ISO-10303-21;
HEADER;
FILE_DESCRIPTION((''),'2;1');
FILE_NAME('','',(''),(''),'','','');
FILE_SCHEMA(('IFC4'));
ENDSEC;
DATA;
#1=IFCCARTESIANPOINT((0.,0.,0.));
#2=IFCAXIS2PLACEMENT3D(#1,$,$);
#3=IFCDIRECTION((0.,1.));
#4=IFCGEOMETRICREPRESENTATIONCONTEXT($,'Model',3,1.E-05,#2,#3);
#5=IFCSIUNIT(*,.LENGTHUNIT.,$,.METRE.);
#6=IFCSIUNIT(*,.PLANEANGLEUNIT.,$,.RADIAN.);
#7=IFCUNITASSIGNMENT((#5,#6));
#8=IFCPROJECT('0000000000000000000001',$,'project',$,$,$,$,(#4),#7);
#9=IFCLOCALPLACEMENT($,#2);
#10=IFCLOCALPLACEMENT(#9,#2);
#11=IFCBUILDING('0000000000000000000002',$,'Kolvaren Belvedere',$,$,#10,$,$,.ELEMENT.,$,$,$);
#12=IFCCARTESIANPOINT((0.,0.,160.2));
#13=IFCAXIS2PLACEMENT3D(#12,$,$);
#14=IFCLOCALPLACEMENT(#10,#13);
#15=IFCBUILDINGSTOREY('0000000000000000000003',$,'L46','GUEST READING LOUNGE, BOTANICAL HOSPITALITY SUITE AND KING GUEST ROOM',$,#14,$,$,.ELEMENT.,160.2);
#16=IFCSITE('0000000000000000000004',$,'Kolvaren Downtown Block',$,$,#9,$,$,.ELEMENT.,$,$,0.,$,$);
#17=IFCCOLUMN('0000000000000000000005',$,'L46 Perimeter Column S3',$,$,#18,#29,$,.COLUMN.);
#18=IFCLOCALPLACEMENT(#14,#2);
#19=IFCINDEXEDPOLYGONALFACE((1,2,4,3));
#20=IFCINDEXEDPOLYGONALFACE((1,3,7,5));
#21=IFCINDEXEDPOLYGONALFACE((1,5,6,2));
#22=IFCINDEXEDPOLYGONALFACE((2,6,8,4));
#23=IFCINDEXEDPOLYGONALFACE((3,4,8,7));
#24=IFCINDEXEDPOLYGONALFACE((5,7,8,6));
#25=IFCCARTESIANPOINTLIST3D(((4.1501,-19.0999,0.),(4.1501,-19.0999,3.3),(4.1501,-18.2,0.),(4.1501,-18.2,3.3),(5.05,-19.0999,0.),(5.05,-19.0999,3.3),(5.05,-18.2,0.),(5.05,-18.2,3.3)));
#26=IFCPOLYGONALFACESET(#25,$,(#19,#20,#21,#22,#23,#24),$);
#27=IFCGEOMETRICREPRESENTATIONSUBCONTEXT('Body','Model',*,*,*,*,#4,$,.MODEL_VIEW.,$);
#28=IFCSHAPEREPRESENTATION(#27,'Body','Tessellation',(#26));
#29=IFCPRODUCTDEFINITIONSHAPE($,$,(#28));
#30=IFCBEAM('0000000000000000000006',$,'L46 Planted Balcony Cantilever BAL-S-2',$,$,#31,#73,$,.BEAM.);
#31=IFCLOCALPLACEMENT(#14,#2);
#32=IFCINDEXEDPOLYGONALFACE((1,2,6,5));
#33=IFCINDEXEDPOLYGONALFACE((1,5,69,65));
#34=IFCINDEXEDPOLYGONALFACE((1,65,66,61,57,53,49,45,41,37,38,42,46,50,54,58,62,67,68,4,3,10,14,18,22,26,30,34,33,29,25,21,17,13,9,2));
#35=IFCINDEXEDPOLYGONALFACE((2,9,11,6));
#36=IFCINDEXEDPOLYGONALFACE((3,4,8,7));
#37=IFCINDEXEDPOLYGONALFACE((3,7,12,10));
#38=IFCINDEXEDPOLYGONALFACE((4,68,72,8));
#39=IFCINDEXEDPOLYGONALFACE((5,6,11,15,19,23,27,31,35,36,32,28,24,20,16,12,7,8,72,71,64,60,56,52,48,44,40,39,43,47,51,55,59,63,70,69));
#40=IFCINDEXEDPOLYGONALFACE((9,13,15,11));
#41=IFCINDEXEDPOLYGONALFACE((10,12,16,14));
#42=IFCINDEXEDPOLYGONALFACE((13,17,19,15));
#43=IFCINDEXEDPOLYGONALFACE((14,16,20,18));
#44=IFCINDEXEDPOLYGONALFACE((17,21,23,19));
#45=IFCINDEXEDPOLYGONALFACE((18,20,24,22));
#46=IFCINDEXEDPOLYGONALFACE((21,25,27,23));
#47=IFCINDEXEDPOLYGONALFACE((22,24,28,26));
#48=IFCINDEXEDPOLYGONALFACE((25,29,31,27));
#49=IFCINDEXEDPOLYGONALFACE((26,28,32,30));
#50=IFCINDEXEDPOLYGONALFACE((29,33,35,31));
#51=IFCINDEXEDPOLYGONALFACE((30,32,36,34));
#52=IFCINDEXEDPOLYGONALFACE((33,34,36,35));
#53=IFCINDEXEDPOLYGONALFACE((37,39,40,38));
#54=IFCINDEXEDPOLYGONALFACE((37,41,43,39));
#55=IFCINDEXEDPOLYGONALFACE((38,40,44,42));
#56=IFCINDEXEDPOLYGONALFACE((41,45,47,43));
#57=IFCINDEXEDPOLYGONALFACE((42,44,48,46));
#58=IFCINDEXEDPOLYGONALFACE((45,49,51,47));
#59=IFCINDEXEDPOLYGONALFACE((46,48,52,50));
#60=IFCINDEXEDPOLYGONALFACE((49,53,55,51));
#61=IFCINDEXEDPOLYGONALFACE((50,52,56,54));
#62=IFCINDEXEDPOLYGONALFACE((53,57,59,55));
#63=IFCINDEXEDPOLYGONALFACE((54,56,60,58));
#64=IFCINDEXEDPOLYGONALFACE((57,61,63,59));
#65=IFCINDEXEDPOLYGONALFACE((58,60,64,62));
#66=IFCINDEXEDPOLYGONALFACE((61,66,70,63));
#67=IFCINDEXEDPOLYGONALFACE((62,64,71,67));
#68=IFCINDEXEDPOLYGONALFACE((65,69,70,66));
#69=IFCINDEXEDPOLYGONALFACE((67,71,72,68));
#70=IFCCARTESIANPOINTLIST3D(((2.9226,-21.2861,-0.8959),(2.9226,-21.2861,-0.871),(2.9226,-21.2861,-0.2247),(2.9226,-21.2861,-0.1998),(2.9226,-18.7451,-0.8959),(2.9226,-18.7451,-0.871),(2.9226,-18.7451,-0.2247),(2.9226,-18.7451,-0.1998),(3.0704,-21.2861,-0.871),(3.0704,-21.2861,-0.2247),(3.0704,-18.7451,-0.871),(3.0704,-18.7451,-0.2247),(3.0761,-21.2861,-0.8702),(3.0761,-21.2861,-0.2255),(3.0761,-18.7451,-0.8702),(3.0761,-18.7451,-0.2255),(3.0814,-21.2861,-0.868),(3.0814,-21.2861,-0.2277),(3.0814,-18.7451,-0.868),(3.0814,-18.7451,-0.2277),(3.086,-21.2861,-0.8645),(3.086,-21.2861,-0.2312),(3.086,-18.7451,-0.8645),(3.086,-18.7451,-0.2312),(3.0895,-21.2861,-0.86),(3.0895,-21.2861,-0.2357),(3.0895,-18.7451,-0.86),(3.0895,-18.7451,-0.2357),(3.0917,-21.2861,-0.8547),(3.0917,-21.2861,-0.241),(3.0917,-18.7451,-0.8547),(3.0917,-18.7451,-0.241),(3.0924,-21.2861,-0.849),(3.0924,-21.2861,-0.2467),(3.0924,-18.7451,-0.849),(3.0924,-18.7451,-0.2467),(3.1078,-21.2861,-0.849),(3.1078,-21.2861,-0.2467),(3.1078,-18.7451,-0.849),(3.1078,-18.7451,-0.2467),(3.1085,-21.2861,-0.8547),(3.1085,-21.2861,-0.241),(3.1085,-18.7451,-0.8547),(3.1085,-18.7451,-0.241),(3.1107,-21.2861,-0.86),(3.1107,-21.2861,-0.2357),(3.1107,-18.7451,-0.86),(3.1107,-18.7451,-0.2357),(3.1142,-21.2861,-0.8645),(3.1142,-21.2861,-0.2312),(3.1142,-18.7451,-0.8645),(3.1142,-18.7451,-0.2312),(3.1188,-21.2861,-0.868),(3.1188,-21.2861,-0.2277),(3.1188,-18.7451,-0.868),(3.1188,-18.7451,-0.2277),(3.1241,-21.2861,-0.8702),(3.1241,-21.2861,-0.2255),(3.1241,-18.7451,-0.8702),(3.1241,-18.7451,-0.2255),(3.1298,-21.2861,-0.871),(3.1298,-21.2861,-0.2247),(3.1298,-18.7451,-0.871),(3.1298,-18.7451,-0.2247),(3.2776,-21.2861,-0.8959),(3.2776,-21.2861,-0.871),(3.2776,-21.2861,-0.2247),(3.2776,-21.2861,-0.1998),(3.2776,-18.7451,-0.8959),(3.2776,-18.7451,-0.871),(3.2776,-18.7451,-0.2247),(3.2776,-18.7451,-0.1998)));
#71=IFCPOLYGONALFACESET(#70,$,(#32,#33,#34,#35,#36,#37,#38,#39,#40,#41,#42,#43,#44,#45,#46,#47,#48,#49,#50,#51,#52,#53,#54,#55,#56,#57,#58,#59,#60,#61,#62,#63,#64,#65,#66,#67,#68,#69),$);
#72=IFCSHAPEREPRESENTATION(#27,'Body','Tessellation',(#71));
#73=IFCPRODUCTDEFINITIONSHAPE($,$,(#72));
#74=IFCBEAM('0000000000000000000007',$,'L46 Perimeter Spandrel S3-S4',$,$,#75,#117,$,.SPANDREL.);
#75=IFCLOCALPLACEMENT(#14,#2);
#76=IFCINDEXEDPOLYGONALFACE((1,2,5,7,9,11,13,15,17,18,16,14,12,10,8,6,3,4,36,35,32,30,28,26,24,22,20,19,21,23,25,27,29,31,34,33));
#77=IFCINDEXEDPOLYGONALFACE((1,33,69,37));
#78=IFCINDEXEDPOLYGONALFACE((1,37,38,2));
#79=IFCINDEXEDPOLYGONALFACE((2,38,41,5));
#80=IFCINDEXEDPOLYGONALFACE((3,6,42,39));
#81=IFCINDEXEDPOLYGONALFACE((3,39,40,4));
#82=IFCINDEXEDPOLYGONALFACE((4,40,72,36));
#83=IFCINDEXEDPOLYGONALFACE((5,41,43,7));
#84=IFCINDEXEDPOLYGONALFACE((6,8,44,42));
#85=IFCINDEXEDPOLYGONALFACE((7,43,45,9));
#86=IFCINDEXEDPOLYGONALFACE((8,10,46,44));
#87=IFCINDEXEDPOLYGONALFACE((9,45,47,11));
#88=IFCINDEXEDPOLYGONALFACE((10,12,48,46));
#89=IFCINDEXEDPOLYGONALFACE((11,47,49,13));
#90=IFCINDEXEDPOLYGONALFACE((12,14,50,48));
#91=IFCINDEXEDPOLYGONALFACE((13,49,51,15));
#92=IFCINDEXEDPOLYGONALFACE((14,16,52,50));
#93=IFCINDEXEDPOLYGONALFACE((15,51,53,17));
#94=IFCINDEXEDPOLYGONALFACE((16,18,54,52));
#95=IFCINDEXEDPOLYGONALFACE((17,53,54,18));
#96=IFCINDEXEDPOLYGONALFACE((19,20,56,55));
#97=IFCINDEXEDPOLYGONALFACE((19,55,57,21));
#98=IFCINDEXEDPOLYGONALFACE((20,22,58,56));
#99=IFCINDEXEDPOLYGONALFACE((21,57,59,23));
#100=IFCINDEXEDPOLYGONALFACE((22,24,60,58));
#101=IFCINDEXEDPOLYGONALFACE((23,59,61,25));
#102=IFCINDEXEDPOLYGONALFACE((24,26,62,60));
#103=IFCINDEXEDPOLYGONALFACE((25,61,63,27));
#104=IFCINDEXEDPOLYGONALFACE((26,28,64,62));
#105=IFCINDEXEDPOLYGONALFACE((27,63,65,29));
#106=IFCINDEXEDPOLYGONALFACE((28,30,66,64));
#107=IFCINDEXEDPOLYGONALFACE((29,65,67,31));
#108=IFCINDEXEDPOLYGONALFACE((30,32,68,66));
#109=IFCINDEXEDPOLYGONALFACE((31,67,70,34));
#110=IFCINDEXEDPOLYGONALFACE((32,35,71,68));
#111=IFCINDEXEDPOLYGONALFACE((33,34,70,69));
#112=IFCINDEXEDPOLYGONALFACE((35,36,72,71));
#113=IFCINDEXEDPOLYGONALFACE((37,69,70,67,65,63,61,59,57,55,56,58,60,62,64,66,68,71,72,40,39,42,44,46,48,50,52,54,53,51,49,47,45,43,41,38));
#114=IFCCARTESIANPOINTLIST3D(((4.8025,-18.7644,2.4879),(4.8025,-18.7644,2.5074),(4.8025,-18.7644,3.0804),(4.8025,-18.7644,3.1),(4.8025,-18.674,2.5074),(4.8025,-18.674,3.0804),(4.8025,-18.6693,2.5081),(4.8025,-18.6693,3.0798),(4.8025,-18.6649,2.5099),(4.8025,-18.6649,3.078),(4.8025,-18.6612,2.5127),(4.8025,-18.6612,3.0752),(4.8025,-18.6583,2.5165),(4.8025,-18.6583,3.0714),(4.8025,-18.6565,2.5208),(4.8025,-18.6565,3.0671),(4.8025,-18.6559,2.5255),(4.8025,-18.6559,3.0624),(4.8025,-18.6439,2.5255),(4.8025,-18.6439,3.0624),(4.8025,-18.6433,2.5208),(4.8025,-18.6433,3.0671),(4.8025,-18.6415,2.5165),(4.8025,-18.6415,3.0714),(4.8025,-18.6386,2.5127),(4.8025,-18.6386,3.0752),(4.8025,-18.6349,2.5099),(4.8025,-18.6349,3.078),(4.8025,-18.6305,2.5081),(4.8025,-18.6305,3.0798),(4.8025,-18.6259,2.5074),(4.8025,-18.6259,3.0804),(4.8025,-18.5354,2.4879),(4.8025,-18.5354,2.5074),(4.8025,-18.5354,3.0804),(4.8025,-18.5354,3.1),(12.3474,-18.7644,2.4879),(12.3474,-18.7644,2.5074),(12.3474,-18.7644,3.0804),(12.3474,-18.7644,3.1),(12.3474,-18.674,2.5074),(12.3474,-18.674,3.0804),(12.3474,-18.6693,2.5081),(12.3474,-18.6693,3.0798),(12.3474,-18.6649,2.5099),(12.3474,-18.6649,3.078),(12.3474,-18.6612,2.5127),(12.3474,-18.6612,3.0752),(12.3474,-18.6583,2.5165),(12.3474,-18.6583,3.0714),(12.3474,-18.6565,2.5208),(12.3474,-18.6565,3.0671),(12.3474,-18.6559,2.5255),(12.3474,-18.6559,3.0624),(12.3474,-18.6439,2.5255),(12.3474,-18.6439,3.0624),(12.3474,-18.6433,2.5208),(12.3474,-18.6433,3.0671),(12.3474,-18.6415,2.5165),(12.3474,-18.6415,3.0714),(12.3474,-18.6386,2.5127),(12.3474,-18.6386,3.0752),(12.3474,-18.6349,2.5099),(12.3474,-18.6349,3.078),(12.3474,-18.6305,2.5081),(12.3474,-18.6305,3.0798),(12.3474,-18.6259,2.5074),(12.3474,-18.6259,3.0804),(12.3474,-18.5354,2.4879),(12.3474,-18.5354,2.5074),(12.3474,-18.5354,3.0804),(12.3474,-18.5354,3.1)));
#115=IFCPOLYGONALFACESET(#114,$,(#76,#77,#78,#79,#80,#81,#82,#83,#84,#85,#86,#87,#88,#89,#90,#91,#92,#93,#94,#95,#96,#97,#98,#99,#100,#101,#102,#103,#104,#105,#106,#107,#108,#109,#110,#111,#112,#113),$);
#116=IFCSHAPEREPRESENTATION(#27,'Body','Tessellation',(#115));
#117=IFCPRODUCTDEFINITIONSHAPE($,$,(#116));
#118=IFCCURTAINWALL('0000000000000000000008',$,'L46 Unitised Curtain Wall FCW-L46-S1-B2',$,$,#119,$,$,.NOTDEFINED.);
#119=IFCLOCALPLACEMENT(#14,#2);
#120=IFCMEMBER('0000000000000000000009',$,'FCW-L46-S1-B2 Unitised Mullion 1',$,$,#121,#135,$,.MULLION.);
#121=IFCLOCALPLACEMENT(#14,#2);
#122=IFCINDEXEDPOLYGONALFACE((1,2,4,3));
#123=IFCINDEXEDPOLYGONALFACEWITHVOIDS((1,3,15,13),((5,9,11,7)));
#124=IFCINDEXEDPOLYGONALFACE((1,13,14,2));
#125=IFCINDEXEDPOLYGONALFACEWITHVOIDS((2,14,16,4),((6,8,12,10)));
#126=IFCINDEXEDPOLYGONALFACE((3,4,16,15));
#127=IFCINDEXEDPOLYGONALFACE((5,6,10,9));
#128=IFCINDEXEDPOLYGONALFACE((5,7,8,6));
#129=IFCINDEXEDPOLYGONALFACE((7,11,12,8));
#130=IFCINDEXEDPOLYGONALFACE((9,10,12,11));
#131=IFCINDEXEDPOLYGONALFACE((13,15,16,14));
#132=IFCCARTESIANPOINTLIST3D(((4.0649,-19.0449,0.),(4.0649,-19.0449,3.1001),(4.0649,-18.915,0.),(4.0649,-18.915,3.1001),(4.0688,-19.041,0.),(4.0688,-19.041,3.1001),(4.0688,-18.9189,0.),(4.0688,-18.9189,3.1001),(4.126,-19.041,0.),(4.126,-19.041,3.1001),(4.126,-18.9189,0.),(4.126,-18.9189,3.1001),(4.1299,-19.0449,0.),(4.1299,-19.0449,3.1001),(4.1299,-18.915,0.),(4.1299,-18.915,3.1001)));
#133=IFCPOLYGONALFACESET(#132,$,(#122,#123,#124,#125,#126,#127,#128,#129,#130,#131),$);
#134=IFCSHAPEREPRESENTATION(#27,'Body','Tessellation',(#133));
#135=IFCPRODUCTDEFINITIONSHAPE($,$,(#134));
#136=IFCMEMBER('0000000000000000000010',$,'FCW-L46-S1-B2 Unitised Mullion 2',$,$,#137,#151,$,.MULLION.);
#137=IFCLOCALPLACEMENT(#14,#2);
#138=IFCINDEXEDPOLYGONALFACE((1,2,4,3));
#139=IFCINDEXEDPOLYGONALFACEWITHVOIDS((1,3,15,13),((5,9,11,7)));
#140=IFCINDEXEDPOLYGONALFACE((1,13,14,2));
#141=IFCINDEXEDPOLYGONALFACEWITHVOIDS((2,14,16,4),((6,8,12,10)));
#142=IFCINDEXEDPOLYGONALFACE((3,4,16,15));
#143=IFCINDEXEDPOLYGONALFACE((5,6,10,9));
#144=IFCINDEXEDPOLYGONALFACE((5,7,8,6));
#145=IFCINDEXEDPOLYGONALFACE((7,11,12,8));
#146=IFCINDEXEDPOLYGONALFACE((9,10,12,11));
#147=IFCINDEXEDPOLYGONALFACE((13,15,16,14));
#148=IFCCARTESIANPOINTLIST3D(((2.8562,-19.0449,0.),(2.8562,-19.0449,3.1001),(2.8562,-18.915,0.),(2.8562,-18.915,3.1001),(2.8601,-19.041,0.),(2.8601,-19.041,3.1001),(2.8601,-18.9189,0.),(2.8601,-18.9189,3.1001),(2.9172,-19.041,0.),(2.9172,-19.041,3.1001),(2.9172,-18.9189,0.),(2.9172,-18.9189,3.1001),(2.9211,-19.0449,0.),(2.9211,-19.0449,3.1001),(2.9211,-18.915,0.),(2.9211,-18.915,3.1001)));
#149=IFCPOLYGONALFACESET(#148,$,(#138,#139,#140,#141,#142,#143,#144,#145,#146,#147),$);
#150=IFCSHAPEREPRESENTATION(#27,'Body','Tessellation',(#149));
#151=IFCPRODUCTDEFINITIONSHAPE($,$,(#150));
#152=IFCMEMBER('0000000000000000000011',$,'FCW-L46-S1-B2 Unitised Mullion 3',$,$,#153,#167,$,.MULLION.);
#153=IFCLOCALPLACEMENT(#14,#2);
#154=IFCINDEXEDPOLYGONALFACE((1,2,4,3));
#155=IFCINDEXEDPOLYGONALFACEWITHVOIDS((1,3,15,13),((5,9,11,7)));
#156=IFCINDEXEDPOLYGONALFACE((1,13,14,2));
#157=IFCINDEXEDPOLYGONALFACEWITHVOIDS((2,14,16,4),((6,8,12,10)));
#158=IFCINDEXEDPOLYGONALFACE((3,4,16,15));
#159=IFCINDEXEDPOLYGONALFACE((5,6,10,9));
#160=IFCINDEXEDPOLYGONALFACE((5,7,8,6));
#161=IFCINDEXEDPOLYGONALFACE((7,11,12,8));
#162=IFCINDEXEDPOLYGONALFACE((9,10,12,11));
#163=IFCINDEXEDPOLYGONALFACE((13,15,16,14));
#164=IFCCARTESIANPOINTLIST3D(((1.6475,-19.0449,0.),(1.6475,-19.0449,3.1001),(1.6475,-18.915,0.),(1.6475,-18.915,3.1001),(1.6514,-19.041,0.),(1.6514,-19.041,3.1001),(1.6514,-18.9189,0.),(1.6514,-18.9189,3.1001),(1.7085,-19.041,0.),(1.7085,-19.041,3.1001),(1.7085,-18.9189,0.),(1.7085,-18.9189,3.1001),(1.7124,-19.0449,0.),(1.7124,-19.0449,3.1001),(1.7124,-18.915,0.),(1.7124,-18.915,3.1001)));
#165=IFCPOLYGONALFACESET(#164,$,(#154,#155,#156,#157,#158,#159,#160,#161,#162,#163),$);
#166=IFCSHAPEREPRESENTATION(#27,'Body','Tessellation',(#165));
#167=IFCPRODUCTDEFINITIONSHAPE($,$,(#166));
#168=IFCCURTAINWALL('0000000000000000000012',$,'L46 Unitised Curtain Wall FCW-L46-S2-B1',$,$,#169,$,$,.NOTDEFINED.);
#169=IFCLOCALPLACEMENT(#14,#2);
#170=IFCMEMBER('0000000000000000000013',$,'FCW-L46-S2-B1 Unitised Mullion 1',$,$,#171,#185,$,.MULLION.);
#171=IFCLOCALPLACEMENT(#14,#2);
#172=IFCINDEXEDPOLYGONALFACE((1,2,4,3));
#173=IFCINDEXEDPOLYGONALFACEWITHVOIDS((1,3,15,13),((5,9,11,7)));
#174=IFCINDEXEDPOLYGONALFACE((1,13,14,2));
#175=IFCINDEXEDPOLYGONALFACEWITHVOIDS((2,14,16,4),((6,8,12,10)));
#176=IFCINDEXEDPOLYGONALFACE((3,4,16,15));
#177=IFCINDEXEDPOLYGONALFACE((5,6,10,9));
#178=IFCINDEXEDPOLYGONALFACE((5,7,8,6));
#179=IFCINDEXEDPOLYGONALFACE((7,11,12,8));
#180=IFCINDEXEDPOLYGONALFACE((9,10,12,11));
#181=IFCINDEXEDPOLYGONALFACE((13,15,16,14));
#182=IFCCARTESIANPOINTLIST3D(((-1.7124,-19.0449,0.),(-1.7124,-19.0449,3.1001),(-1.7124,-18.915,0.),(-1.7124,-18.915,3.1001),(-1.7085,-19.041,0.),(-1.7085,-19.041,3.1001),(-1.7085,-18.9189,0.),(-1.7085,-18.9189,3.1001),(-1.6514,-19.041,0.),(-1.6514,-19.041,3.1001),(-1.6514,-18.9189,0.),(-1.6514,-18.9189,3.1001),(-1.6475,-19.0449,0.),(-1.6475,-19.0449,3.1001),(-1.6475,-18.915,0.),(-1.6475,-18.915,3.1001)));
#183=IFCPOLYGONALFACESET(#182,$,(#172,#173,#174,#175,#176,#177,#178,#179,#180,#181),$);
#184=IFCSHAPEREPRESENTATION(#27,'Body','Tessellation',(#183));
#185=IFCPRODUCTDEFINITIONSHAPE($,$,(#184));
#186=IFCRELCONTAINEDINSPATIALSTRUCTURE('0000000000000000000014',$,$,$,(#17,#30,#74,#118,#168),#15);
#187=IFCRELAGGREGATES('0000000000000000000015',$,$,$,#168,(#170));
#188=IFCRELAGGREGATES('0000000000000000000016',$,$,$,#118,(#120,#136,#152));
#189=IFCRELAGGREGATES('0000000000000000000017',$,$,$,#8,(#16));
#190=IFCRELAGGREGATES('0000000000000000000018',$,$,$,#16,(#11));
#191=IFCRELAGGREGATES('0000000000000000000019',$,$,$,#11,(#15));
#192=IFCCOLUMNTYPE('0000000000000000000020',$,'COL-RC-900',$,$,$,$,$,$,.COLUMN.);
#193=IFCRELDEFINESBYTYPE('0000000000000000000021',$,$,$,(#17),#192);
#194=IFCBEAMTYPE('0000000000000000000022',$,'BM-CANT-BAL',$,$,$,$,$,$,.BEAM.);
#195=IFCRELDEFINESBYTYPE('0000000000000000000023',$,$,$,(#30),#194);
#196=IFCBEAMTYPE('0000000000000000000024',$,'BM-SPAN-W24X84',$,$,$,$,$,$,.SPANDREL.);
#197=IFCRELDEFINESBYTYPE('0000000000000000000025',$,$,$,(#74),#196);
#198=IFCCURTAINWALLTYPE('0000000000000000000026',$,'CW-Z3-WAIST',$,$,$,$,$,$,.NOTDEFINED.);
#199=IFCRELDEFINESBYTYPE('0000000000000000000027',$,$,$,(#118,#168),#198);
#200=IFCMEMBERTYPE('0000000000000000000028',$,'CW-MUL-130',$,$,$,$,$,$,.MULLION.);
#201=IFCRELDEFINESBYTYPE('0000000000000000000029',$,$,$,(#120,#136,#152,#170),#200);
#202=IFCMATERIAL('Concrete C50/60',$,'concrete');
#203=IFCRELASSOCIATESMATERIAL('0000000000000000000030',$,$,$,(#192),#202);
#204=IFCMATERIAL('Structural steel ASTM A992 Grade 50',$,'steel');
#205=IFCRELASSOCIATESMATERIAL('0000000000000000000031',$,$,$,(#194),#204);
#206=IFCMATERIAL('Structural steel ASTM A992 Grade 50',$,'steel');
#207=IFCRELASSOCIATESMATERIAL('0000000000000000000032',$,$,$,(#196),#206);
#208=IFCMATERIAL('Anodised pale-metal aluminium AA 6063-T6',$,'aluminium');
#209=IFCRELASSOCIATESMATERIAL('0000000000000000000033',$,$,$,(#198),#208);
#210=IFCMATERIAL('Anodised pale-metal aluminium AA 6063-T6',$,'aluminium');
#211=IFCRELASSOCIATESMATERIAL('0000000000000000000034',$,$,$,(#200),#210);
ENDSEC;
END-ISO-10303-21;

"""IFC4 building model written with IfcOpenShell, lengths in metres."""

from ifc_helpers import new_model, si_unit, direction, frame, origin, origin_2d, place, context, subcontext, project, spatial, rectangle, hollow_rectangle, i_section, extrude, material, material_profile, profile_set, type_object, element, aggregate, save


model = new_model("IFC4")

# Units and contexts
model_context = context("Model", 3, precision=1e-05, world=origin(), true_north=direction((0.0, 1.0)))
body_context = subcontext(model_context, "Body", "Model", "MODEL_VIEW")
ifc_project = project(units=[si_unit("LENGTHUNIT", "METRE"), si_unit("PLANEANGLEUNIT", "RADIAN")], contexts=[model_context])

# Site, building, storey
site_placement = place(None, origin())
site = spatial("IfcSite", under=ifc_project, at=site_placement, Name="Kolvaren Downtown Block", CompositionType="ELEMENT", RefElevation=0.0)
building_placement = place(site_placement, origin())
building = spatial("IfcBuilding", under=site, at=building_placement, Name="Kolvaren Belvedere", CompositionType="ELEMENT")
storey_placement = place(building_placement, frame((0.0, 0.0, 160.2)))
storey = spatial("IfcBuildingStorey", under=building, at=storey_placement, Name="L46", Description="GUEST READING LOUNGE, BOTANICAL HOSPITALITY SUITE AND KING GUEST ROOM", CompositionType="ELEMENT", Elevation=160.2)

# Column
ifc_material_1 = material(Name="Concrete C50/60", Category="concrete")
ifc_material_profile_1 = material_profile(ifc_material_1, rectangle(XDim=0.8999, YDim=0.8999, at=origin_2d()), Name="RC 900X900")
ifc_profile_set_1 = profile_set([ifc_material_profile_1], Name="Concrete C50/60")
column_type = type_object("IfcColumnType", Name="COL-RC-900", PredefinedType="COLUMN", material=ifc_profile_set_1)
column_placement = place(storey_placement, frame((4.6001, -18.6499, 0.0), z_axis=(0.0, 0.0, 1.0), x_axis=(1.0, 0.0, 0.0)))
element("IfcColumn", 1, at=column_placement, inside=storey, type_object=column_type, Name="L46 Perimeter Column S3", PredefinedType="COLUMN", context=body_context, shape_type="SweptSolid", body=[
    extrude(rectangle(XDim=0.8999, YDim=0.8999, at=origin_2d()), origin(), (0.0, 0.0, 1.0), 3.3),
])

# Beams
ifc_material_2 = material(Name="Structural steel ASTM A992 Grade 50", Category="steel")
ifc_material_profile_2 = material_profile(ifc_material_2, i_section(OverallWidth=0.355, OverallDepth=0.696, WebThickness=0.0154, FlangeThickness=0.0249, FilletRadius=0.022, at=origin_2d()), Name="W27X146")
ifc_profile_set_2 = profile_set([ifc_material_profile_2], Name="Structural steel ASTM A992 Grade 50")
beam_type_1 = type_object("IfcBeamType", Name="BM-CANT-BAL", PredefinedType="BEAM", material=ifc_profile_set_2)
beam_1_placement = place(storey_placement, frame((3.1001, -18.7451, -0.5479), z_axis=(0.0, -1.0, 0.0), x_axis=(1.0, 0.0, 0.0)))
element("IfcBeam", 2, at=beam_1_placement, inside=storey, type_object=beam_type_1, Name="L46 Planted Balcony Cantilever BAL-S-2", PredefinedType="BEAM", context=body_context, shape_type="SweptSolid", body=[
    extrude(i_section(OverallWidth=0.355, OverallDepth=0.696, WebThickness=0.0154, FlangeThickness=0.0249, FilletRadius=0.022, at=origin_2d()), origin(), (0.0, 0.0, 1.0), 2.541),
])
ifc_material_3 = material(Name="Structural steel ASTM A992 Grade 50", Category="steel")
ifc_material_profile_3 = material_profile(ifc_material_3, i_section(OverallWidth=0.229, OverallDepth=0.6121, WebThickness=0.012, FlangeThickness=0.0195, FilletRadius=0.0181, at=origin_2d()), Name="W24X84")
ifc_profile_set_3 = profile_set([ifc_material_profile_3], Name="Structural steel ASTM A992 Grade 50")
beam_type_2 = type_object("IfcBeamType", Name="BM-SPAN-W24X84", PredefinedType="SPANDREL", material=ifc_profile_set_3)
beam_2_placement = place(storey_placement, frame((4.8025, -18.6499, 2.7939), z_axis=(1.0, 0.0, 0.0), x_axis=(0.0, 1.0, 0.0)))
element("IfcBeam", 3, at=beam_2_placement, inside=storey, type_object=beam_type_2, Name="L46 Perimeter Spandrel S3-S4", PredefinedType="SPANDREL", context=body_context, shape_type="SweptSolid", body=[
    extrude(i_section(OverallWidth=0.229, OverallDepth=0.6121, WebThickness=0.012, FlangeThickness=0.0195, FilletRadius=0.0181, at=origin_2d()), origin(), (0.0, 0.0, 1.0), 7.5449),
])

# Curtain wall, members
ifc_material_4 = material(Name="Anodised pale-metal aluminium AA 6063-T6", Category="aluminium")
curtain_wall_type = type_object("IfcCurtainWallType", Name="CW-Z3-WAIST", PredefinedType="NOTDEFINED", material=ifc_material_4)
curtain_wall_1_placement = place(storey_placement, origin())
curtain_wall_1 = element("IfcCurtainWall", 4, at=curtain_wall_1_placement, inside=storey, type_object=curtain_wall_type, Name="L46 Unitised Curtain Wall FCW-L46-S1-B2", PredefinedType="NOTDEFINED")
ifc_material_5 = material(Name="Anodised pale-metal aluminium AA 6063-T6", Category="aluminium")
ifc_material_profile_4 = material_profile(ifc_material_5, hollow_rectangle(XDim=0.0649, YDim=0.1299, WallThickness=0.0039, at=origin_2d()), Name="ALU-MUL-130X65")
ifc_profile_set_4 = profile_set([ifc_material_profile_4], Name="Anodised pale-metal aluminium AA 6063-T6")
member_type_1 = type_object("IfcMemberType", Name="CW-MUL-130", PredefinedType="MULLION", material=ifc_profile_set_4)
member_1_placement = place(storey_placement, frame((4.0974, -18.98, 0.0), z_axis=(0.0, 0.0, 1.0), x_axis=(1.0, 0.0, 0.0)))
member_1 = element("IfcMember", 5, at=member_1_placement, type_object=member_type_1, Name="FCW-L46-S1-B2 Unitised Mullion 1", PredefinedType="MULLION", context=body_context, shape_type="SweptSolid", body=[
    extrude(hollow_rectangle(XDim=0.0649, YDim=0.1299, WallThickness=0.0039, at=origin_2d()), origin(), (0.0, 0.0, 1.0), 3.1001),
])
member_2_placement = place(storey_placement, frame((2.8887, -18.98, 0.0), z_axis=(0.0, 0.0, 1.0), x_axis=(1.0, 0.0, 0.0)))
member_2 = element("IfcMember", 6, at=member_2_placement, type_object=member_type_1, Name="FCW-L46-S1-B2 Unitised Mullion 2", PredefinedType="MULLION", context=body_context, shape_type="SweptSolid", body=[
    extrude(hollow_rectangle(XDim=0.0649, YDim=0.1299, WallThickness=0.0039, at=origin_2d()), origin(), (0.0, 0.0, 1.0), 3.1001),
])
member_3_placement = place(storey_placement, frame((1.6799, -18.98, 0.0), z_axis=(0.0, 0.0, 1.0), x_axis=(1.0, 0.0, 0.0)))
member_3 = element("IfcMember", 7, at=member_3_placement, type_object=member_type_1, Name="FCW-L46-S1-B2 Unitised Mullion 3", PredefinedType="MULLION", context=body_context, shape_type="SweptSolid", body=[
    extrude(hollow_rectangle(XDim=0.0649, YDim=0.1299, WallThickness=0.0039, at=origin_2d()), origin(), (0.0, 0.0, 1.0), 3.1001),
])

# Curtain wall, member
curtain_wall_2_placement = place(storey_placement, origin())
curtain_wall_2 = element("IfcCurtainWall", 8, at=curtain_wall_2_placement, inside=storey, type_object=curtain_wall_type, Name="L46 Unitised Curtain Wall FCW-L46-S2-B1", PredefinedType="NOTDEFINED")
member_4_placement = place(storey_placement, frame((-1.6799, -18.98, 0.0), z_axis=(0.0, 0.0, 1.0), x_axis=(1.0, 0.0, 0.0)))
member_4 = element("IfcMember", 9, at=member_4_placement, type_object=member_type_1, Name="FCW-L46-S2-B1 Unitised Mullion 1", PredefinedType="MULLION", context=body_context, shape_type="SweptSolid", body=[
    extrude(hollow_rectangle(XDim=0.0649, YDim=0.1299, WallThickness=0.0039, at=origin_2d()), origin(), (0.0, 0.0, 1.0), 3.1001),
])

aggregate(curtain_wall_2, [member_4])

aggregate(curtain_wall_1, [member_1, member_2, member_3])

save(model, "model.ifc")
